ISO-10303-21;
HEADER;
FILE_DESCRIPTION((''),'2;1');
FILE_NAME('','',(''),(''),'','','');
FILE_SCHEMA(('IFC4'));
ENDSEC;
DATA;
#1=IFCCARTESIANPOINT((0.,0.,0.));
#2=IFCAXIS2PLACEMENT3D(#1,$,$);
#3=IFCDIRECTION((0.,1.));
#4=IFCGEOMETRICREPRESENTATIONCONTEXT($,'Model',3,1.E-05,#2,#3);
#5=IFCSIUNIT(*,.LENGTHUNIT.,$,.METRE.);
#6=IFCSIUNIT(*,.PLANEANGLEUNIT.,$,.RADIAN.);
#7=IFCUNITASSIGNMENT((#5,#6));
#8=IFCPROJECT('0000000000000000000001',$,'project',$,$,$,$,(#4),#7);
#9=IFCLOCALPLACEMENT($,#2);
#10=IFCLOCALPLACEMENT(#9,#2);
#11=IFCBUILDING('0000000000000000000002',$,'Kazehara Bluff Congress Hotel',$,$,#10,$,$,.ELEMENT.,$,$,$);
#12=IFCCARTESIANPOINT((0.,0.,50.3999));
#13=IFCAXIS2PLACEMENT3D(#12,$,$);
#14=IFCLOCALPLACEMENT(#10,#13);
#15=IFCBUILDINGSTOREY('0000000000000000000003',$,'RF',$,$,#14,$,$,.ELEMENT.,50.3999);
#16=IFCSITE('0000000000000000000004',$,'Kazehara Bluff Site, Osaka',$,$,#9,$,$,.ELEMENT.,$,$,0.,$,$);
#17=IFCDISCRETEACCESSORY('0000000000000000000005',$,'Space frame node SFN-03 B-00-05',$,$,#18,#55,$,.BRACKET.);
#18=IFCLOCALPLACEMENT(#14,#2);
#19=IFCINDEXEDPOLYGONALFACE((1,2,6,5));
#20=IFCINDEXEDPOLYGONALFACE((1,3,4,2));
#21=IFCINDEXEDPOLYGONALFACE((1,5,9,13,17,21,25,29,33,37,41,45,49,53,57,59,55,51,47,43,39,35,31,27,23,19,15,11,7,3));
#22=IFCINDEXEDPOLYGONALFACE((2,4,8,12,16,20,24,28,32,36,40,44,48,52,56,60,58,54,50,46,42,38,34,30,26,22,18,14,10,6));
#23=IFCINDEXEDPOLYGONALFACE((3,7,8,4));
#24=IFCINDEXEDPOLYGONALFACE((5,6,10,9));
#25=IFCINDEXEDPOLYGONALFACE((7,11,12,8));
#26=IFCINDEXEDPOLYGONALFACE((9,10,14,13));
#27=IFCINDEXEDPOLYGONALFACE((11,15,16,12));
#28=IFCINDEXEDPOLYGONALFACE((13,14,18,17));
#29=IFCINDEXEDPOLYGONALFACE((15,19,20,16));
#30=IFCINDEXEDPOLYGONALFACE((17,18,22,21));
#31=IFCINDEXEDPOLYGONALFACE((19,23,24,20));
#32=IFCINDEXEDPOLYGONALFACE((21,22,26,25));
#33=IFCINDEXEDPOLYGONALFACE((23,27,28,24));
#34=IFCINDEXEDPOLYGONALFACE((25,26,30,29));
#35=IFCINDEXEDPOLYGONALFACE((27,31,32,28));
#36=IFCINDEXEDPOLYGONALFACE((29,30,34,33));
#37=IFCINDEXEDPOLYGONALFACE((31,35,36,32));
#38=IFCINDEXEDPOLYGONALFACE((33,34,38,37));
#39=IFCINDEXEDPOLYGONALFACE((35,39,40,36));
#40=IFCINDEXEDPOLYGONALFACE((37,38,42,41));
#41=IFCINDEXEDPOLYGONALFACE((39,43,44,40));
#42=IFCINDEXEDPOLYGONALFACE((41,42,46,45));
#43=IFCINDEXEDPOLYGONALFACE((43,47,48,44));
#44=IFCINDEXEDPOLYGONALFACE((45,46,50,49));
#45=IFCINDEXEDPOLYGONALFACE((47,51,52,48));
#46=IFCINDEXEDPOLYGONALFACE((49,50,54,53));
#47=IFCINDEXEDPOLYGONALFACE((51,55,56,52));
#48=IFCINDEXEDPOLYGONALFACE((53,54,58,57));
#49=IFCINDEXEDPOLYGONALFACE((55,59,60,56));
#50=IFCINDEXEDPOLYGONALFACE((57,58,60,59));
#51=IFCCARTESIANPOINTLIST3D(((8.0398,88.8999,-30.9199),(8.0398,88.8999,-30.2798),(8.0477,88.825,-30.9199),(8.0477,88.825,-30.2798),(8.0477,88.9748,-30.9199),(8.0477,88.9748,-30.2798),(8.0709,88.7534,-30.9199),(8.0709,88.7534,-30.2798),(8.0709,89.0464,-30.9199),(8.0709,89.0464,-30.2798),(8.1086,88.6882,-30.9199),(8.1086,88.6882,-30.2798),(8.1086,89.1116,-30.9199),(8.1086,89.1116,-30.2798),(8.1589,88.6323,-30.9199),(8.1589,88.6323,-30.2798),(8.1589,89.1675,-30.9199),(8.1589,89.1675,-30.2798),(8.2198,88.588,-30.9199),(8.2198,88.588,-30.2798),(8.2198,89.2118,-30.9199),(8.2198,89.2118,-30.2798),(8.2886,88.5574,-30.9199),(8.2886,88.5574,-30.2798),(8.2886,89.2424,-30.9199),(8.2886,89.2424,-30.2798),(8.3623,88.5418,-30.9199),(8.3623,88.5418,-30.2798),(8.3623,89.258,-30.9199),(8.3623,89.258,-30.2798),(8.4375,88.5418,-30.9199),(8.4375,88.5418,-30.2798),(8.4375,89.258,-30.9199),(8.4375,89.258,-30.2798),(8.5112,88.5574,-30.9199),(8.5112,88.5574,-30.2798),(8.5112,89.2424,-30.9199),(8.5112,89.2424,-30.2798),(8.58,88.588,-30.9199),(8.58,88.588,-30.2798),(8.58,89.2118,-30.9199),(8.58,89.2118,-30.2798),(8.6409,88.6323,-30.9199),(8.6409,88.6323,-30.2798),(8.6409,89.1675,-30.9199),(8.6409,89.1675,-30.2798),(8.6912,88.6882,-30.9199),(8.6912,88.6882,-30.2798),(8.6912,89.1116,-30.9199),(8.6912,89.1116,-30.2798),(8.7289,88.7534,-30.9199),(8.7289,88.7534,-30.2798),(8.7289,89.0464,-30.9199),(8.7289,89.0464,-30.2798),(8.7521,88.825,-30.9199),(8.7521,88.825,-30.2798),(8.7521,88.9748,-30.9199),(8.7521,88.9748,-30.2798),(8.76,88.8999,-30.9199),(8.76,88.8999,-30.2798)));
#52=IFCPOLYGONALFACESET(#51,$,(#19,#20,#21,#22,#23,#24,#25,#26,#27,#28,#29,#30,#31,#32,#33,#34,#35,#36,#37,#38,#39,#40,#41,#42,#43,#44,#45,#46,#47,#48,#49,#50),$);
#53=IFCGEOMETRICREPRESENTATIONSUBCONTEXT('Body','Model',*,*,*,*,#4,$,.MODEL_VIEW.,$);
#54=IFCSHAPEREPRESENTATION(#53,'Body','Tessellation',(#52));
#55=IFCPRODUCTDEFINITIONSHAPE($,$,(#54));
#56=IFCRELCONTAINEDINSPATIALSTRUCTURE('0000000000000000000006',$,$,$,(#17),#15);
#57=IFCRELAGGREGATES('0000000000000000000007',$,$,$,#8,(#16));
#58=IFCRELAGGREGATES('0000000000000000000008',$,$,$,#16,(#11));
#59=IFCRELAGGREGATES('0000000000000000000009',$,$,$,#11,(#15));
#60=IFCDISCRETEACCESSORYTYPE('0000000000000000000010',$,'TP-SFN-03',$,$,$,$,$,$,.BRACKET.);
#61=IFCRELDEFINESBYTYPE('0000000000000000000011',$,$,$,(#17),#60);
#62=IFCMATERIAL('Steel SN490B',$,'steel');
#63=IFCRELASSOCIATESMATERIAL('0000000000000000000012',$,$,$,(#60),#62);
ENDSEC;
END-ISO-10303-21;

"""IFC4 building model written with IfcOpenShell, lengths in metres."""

from ifc_helpers import new_model, si_unit, direction, frame, origin, origin_2d, place, context, subcontext, project, spatial, circle, extrude, material, material_profile, profile_set, type_object, element, save


model = new_model("IFC4")

# Units and contexts
model_context = context("Model", 3, precision=1e-05, world=origin(), true_north=direction((0.0, 1.0)))
body_context = subcontext(model_context, "Body", "Model", "MODEL_VIEW")
ifc_project = project(units=[si_unit("LENGTHUNIT", "METRE"), si_unit("PLANEANGLEUNIT", "RADIAN")], contexts=[model_context])

# Site, building, storey
site_placement = place(None, origin())
site = spatial("IfcSite", under=ifc_project, at=site_placement, Name="Kazehara Bluff Site, Osaka", CompositionType="ELEMENT", RefElevation=0.0)
building_placement = place(site_placement, origin())
building = spatial("IfcBuilding", under=site, at=building_placement, Name="Kazehara Bluff Congress Hotel", CompositionType="ELEMENT")
storey_placement = place(building_placement, frame((0.0, 0.0, 50.3999)))
storey = spatial("IfcBuildingStorey", under=building, at=storey_placement, Name="RF", CompositionType="ELEMENT", Elevation=50.3999)

# Discrete accessory
ifc_material_1 = material(Name="Steel SN490B", Category="steel")
ifc_material_profile_1 = material_profile(ifc_material_1, circle(Radius=0.3601, at=origin_2d()))
ifc_profile_set_1 = profile_set([ifc_material_profile_1], Name="Steel SN490B")
discrete_accessory_type_1 = type_object("IfcDiscreteAccessoryType", Name="TP-SFN-03", PredefinedType="BRACKET", material=ifc_profile_set_1)
discrete_accessory_1_placement = place(storey_placement, frame((8.3999, 88.8999, -30.9199), z_axis=(0.0, 0.0, 1.0), x_axis=(1.0, 0.0, 0.0)))
element("IfcDiscreteAccessory", 1, at=discrete_accessory_1_placement, inside=storey, type_object=discrete_accessory_type_1, Name="Space frame node SFN-03 B-00-05", PredefinedType="BRACKET", context=body_context, shape_type="SweptSolid", body=[
    extrude(circle(Radius=0.3601, at=origin_2d()), origin(), (0.0, 0.0, 1.0), 0.6401),
])

save(model, "model.ifc")
